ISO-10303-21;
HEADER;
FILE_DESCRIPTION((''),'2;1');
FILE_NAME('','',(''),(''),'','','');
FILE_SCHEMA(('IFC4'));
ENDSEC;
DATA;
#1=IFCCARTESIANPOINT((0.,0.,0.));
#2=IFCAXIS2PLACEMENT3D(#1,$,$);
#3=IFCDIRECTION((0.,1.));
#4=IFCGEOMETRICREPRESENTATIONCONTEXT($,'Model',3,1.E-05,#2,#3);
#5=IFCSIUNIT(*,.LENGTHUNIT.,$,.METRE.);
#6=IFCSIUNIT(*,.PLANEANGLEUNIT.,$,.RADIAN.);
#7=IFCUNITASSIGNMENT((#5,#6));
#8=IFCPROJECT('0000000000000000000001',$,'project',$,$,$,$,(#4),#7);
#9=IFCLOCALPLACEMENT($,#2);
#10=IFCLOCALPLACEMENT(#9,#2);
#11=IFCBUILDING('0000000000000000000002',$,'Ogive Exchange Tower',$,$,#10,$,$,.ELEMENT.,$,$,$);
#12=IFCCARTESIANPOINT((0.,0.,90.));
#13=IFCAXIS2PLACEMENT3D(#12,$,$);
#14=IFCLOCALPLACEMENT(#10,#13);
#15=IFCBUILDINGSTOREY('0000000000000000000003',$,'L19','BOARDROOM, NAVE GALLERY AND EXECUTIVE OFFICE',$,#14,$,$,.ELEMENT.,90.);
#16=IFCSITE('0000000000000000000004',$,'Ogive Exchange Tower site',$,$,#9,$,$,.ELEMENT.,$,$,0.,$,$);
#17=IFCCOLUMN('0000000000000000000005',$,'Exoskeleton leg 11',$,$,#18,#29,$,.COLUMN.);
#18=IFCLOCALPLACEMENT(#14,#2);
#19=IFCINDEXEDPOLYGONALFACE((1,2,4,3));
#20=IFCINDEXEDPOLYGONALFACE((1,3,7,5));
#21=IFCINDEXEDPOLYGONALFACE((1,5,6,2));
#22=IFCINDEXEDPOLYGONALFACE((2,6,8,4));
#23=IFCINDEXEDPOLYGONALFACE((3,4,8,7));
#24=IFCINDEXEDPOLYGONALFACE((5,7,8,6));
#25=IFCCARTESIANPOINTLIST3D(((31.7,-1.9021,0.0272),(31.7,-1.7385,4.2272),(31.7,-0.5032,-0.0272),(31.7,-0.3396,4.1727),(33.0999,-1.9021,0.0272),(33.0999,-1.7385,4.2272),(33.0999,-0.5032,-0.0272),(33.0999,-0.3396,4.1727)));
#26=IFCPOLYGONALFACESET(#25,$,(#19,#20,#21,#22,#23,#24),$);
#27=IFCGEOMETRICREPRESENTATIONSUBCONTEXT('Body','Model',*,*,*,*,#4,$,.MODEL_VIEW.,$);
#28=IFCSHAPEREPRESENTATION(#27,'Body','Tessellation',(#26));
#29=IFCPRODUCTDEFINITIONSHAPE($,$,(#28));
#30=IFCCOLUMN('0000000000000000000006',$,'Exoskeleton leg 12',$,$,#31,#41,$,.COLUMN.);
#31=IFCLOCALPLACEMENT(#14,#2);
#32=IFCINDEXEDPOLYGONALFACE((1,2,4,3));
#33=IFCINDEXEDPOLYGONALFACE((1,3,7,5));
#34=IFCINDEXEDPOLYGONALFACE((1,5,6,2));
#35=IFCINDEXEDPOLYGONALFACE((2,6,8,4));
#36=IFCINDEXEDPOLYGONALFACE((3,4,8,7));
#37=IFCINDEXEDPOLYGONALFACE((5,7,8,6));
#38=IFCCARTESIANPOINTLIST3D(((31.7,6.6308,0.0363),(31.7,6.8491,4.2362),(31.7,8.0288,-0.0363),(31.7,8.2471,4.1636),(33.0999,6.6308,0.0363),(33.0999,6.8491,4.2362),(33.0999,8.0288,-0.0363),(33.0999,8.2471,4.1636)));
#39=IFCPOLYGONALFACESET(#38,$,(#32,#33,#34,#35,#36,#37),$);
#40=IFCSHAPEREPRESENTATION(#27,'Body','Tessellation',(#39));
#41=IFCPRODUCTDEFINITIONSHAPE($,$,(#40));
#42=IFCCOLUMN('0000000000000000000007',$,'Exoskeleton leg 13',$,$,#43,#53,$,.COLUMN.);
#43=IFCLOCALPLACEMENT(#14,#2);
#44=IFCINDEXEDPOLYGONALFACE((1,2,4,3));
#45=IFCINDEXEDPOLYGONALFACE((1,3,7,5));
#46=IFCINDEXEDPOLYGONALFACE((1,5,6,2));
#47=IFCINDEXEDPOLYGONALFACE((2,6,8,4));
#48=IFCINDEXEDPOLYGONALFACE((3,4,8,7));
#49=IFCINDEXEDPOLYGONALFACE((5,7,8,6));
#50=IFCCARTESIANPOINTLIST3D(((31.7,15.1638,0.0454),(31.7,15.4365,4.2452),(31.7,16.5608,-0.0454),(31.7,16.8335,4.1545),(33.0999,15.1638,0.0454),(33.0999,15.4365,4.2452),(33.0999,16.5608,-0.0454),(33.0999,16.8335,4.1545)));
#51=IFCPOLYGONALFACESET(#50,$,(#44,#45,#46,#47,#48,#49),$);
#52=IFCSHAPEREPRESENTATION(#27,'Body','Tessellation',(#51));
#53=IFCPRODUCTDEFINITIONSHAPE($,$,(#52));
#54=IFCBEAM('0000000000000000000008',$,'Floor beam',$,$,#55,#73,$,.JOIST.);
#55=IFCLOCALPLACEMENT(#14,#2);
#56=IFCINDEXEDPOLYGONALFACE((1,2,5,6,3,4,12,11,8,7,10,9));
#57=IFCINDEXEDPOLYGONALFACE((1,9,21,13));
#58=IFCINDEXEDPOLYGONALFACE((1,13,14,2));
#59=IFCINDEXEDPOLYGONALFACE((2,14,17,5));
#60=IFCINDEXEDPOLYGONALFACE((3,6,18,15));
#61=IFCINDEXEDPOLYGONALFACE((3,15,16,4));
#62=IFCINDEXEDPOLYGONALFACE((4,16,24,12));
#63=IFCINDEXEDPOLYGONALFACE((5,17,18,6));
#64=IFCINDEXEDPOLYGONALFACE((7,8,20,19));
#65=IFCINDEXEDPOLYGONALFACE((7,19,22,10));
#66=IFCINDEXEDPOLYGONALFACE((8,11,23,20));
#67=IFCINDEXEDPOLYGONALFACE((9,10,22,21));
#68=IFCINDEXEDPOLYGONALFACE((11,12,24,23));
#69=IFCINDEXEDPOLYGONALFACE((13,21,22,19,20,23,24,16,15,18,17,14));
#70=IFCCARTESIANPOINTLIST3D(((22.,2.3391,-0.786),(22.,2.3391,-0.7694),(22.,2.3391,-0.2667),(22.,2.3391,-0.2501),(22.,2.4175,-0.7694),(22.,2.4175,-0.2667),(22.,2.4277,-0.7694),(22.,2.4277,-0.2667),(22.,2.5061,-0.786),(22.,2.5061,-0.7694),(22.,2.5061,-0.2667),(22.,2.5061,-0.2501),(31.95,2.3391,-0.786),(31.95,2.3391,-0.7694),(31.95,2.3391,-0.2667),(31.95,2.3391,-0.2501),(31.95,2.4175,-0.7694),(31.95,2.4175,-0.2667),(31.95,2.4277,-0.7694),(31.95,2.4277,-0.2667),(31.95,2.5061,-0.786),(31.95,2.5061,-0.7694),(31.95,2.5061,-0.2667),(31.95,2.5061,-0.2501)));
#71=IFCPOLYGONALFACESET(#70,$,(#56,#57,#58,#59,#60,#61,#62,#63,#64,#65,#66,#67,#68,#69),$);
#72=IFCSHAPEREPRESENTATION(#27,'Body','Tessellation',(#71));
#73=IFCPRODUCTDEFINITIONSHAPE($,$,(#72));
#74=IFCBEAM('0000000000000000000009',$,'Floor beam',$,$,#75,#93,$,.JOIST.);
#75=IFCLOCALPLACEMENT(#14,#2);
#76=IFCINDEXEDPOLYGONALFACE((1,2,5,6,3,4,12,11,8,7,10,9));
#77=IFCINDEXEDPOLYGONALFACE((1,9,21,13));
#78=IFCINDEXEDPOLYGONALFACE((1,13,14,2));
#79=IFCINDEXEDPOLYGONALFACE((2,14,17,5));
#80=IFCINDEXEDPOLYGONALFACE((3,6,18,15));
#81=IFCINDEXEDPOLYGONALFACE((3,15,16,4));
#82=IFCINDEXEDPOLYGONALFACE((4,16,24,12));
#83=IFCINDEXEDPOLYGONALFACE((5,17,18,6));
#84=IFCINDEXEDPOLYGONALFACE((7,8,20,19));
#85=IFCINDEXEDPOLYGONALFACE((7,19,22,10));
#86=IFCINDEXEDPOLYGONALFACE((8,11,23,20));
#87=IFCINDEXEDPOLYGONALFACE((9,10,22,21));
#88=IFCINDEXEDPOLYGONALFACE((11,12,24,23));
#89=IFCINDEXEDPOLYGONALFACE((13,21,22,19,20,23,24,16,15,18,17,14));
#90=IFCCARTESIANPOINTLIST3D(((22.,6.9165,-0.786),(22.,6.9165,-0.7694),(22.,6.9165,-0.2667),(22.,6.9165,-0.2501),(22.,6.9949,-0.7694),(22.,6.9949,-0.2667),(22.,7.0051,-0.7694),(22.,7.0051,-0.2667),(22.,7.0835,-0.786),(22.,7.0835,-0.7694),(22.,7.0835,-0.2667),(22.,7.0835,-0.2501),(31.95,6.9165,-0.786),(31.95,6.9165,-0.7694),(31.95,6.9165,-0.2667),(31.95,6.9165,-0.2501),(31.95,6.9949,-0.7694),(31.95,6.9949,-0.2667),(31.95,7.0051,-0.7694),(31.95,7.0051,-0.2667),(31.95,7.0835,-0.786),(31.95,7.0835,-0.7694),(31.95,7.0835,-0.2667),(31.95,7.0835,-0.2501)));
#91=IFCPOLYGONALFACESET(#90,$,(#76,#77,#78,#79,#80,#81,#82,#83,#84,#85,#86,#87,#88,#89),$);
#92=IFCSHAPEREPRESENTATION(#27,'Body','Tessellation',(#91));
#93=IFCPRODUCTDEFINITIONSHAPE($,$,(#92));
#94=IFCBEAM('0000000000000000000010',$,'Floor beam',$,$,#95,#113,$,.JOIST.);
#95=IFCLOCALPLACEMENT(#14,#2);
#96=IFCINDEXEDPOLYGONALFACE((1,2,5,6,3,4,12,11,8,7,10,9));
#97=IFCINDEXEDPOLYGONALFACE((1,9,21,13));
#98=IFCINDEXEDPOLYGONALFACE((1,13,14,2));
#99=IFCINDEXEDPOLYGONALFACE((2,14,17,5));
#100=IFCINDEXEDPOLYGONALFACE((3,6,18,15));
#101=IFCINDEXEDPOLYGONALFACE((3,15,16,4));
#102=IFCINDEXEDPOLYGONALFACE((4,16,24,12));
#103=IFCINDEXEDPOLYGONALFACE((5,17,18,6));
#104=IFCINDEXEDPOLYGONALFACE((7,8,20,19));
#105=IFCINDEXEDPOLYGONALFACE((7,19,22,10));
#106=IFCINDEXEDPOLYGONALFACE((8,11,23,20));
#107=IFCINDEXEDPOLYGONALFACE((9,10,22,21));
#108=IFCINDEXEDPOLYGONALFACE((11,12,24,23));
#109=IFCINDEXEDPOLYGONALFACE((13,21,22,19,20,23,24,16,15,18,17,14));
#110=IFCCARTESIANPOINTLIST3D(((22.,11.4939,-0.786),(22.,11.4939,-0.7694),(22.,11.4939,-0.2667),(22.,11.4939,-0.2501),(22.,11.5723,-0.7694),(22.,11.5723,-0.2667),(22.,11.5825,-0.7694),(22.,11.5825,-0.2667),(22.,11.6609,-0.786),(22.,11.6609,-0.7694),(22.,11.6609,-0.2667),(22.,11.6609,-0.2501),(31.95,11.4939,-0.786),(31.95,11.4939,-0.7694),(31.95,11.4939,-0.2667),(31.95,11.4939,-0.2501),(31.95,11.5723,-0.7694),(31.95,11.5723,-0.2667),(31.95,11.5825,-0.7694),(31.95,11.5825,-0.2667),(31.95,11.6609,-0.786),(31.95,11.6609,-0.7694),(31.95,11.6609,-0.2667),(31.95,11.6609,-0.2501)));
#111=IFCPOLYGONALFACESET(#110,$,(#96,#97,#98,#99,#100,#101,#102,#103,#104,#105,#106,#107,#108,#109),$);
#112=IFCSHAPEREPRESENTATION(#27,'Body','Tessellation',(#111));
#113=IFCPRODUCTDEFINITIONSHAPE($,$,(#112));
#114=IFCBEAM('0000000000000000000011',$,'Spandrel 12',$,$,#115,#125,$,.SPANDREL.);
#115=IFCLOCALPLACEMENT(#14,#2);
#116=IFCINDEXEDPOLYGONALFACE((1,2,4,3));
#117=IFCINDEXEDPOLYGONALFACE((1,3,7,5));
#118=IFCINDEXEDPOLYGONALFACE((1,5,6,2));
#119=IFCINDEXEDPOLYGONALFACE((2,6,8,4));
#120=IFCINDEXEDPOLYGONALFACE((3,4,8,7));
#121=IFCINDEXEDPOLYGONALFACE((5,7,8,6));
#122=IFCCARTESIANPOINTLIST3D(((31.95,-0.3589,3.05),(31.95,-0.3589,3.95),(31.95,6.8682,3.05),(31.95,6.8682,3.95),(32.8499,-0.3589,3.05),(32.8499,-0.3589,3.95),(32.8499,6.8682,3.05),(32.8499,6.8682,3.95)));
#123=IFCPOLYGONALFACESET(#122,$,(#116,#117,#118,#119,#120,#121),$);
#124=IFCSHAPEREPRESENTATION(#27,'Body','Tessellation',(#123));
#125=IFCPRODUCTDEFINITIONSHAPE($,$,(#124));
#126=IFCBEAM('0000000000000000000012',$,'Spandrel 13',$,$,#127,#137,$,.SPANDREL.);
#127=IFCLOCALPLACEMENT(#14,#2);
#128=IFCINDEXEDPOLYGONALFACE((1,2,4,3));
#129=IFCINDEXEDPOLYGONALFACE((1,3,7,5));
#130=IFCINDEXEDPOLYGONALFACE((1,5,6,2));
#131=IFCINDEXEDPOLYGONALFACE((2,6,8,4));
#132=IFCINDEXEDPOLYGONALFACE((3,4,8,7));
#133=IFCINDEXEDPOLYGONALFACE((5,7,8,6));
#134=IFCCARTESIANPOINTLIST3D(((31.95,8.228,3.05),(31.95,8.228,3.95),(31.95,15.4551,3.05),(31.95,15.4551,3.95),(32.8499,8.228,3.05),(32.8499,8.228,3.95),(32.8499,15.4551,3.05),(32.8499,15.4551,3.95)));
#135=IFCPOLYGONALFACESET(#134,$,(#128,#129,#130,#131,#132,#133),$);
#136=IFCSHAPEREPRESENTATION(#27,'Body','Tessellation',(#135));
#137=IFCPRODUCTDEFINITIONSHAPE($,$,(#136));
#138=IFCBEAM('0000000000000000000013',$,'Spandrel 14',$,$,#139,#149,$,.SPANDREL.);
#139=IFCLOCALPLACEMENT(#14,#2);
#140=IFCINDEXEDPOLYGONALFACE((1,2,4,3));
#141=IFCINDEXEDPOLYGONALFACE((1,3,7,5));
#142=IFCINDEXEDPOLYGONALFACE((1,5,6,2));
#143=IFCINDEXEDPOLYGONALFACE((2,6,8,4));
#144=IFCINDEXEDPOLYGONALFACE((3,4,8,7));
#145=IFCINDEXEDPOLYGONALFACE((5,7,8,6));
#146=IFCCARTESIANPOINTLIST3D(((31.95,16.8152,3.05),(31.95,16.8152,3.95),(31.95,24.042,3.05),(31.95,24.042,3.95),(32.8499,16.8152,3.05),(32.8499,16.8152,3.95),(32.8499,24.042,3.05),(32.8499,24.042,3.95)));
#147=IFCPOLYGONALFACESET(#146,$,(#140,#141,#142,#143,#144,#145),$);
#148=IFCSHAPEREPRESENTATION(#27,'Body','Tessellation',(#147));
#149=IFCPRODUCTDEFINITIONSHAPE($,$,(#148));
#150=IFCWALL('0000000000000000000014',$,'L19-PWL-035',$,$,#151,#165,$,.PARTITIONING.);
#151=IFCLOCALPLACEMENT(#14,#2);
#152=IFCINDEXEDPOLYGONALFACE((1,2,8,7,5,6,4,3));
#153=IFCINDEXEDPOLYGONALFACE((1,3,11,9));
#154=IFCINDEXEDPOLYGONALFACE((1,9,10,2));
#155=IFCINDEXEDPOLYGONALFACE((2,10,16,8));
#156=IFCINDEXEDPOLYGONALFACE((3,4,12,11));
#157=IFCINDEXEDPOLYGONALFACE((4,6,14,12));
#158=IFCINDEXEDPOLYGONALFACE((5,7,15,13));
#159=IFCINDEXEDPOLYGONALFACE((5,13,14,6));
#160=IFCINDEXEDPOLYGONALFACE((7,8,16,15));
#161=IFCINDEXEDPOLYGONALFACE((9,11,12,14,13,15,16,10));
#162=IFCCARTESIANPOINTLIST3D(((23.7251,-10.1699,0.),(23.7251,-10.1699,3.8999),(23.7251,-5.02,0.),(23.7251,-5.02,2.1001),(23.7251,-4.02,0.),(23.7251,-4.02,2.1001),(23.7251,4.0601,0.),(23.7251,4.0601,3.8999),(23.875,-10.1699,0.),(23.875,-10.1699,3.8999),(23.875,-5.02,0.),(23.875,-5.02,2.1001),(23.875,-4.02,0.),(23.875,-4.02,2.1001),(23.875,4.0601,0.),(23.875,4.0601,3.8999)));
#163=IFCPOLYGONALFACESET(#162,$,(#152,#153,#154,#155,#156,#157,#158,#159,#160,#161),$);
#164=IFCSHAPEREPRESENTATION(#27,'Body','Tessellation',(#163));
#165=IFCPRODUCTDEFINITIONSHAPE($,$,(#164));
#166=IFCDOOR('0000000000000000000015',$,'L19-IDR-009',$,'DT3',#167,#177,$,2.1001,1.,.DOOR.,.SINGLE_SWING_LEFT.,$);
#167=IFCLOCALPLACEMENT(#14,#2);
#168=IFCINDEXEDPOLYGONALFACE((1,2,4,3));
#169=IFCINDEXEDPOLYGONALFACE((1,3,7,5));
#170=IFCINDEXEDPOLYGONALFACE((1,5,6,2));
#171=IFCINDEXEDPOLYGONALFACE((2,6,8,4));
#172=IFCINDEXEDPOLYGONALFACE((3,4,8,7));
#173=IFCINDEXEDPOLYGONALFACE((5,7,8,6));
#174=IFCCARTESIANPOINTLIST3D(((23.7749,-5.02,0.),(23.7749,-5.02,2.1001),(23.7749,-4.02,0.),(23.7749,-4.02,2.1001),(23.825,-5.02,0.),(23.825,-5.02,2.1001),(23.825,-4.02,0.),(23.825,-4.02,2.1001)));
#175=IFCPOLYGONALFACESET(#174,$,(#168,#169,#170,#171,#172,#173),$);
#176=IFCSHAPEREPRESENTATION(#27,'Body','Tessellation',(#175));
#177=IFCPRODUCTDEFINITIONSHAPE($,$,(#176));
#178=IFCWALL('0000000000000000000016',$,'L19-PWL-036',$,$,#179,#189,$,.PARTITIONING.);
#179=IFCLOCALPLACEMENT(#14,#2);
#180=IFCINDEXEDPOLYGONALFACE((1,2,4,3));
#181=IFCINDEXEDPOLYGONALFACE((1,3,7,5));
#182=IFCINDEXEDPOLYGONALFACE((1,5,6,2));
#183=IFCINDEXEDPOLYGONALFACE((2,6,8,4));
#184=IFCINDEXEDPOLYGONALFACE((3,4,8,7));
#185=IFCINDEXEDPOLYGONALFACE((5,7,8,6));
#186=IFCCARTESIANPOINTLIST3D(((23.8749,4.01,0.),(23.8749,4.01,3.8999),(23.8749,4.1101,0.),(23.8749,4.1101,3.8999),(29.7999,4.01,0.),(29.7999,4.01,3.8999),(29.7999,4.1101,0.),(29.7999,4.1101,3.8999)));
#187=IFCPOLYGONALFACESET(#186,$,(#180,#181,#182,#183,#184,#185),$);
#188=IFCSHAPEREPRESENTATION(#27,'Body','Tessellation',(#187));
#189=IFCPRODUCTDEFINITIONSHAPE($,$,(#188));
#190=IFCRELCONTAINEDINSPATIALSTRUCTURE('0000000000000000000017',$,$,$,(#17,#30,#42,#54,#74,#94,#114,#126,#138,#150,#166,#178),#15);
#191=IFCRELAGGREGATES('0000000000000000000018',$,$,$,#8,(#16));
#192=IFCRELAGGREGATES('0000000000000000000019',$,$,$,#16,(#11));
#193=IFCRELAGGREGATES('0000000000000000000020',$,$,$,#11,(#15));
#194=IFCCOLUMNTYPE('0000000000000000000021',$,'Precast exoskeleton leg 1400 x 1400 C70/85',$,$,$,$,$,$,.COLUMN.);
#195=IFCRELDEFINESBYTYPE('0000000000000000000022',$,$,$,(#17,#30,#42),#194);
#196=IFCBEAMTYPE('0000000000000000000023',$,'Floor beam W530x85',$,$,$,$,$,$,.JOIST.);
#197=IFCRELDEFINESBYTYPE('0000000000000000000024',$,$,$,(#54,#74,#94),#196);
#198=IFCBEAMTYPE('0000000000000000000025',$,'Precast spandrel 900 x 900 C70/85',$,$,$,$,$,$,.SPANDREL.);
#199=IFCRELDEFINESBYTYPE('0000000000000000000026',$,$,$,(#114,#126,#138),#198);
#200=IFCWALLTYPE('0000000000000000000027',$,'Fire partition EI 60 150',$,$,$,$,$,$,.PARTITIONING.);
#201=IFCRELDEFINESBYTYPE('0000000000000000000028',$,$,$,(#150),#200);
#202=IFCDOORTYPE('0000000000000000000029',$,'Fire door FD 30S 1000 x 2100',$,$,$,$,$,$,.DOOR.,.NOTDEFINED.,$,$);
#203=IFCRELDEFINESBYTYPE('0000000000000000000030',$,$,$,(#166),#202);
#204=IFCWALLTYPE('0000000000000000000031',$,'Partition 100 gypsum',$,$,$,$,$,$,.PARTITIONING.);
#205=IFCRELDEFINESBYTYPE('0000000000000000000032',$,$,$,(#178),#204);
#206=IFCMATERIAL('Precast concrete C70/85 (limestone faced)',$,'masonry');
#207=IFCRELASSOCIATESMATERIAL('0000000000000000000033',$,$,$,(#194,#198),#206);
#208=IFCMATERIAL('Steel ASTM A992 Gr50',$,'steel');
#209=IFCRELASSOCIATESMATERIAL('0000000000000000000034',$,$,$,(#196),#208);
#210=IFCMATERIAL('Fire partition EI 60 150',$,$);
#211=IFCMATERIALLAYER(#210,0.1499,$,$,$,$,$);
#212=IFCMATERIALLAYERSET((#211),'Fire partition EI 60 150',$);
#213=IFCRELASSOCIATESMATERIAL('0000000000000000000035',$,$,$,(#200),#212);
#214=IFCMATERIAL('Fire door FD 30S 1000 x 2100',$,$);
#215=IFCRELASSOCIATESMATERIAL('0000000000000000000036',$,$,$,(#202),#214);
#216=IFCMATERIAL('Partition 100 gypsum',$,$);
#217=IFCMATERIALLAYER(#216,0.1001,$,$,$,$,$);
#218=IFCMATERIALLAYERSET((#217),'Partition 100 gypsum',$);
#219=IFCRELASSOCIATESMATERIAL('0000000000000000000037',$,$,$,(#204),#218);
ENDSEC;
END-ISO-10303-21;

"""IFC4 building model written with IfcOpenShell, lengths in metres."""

from ifc_helpers import new_model, si_unit, direction, frame, frame_2d, origin, origin_2d, place, context, subcontext, project, spatial, rectangle, i_section, extrude, material, layer, layer_set, material_profile, profile_set, type_object, element, fill, save


model = new_model("IFC4")

# Units and contexts
model_context = context("Model", 3, precision=1e-05, world=origin(), true_north=direction((0.0, 1.0)))
body_context = subcontext(model_context, "Body", "Model", "MODEL_VIEW")
ifc_project = project(units=[si_unit("LENGTHUNIT", "METRE"), si_unit("PLANEANGLEUNIT", "RADIAN")], contexts=[model_context])

# Site, building, storey
site_placement = place(None, origin())
site = spatial("IfcSite", under=ifc_project, at=site_placement, Name="Ogive Exchange Tower site", CompositionType="ELEMENT", RefElevation=0.0)
building_placement = place(site_placement, origin())
building = spatial("IfcBuilding", under=site, at=building_placement, Name="Ogive Exchange Tower", CompositionType="ELEMENT")
storey_placement = place(building_placement, frame((0.0, 0.0, 90.0)))
storey = spatial("IfcBuildingStorey", under=building, at=storey_placement, Name="L19", Description="BOARDROOM, NAVE GALLERY AND EXECUTIVE OFFICE", CompositionType="ELEMENT", Elevation=90.0)

# Columns
ifc_material_1 = material(Name="Precast concrete C70/85 (limestone faced)", Category="masonry")
ifc_material_profile_1 = material_profile(ifc_material_1, rectangle(XDim=1.3999, YDim=1.3999, at=origin_2d()), Name="1400 x 1400")
ifc_profile_set_1 = profile_set([ifc_material_profile_1], Name="Precast concrete C70/85 (limestone faced)")
column_type = type_object("IfcColumnType", Name="Precast exoskeleton leg 1400 x 1400 C70/85", PredefinedType="COLUMN", material=ifc_profile_set_1)
column_1_placement = place(storey_placement, frame((32.3999, -1.2026, 0.0), z_axis=(0.0, 0.038917, 0.999242), x_axis=(-1.0, 0.0, 0.0)))
element("IfcColumn", 1, at=column_1_placement, inside=storey, type_object=column_type, Name="Exoskeleton leg 11", PredefinedType="COLUMN", context=body_context, shape_type="SweptSolid", body=[
    extrude(rectangle(XDim=1.3999, YDim=1.3999, at=origin_2d()), origin(), (0.0, 0.0, 1.0), 4.2031),
])
column_2_placement = place(storey_placement, frame((32.3999, 7.3298, 0.0), z_axis=(0.0, 0.051898, 0.998652), x_axis=(-1.0, 0.0, 0.0)))
element("IfcColumn", 2, at=column_2_placement, inside=storey, type_object=column_type, Name="Exoskeleton leg 12", PredefinedType="COLUMN", context=body_context, shape_type="SweptSolid", body=[
    extrude(rectangle(XDim=1.3999, YDim=1.3999, at=origin_2d()), origin(), (0.0, 0.0, 1.0), 4.2056),
])
column_3_placement = place(storey_placement, frame((32.3999, 15.8623, 0.0), z_axis=(0.0, 0.064794, 0.997899), x_axis=(-1.0, 0.0, 0.0)))
element("IfcColumn", 3, at=column_3_placement, inside=storey, type_object=column_type, Name="Exoskeleton leg 13", PredefinedType="COLUMN", context=body_context, shape_type="SweptSolid", body=[
    extrude(rectangle(XDim=1.3999, YDim=1.3999, at=origin_2d()), origin(), (0.0, 0.0, 1.0), 4.2087),
])

# Beams
ifc_material_2 = material(Name="Steel ASTM A992 Gr50", Category="steel")
ifc_material_profile_2 = material_profile(ifc_material_2, i_section(OverallWidth=0.167, OverallDepth=0.5359, WebThickness=0.0103, FlangeThickness=0.0166, at=origin_2d()), Name="W530x85")
ifc_profile_set_2 = profile_set([ifc_material_profile_2], Name="Steel ASTM A992 Gr50")
beam_type_1 = type_object("IfcBeamType", Name="Floor beam W530x85", PredefinedType="JOIST", material=ifc_profile_set_2)
for number, where, z_axis, x_axis, name in (
    (4, (22.0, 2.4226, -0.5181), (1.0, 0.0, 0.0), (0.0, 1.0, 0.0), "Floor beam"),
    (5, (22.0, 7.0, -0.5181), (1.0, 0.0, 0.0), (0.0, 1.0, 0.0), "Floor beam"),
    (6, (22.0, 11.5774, -0.5181), (1.0, 0.0, 0.0), (0.0, 1.0, 0.0), "Floor beam"),
):
    element("IfcBeam", number, at=place(storey_placement, frame(where, z_axis=z_axis, x_axis=x_axis)), inside=storey, type_object=beam_type_1, Name=name, PredefinedType="JOIST", context=body_context, shape_type="SweptSolid", body=[
        extrude(i_section(OverallWidth=0.167, OverallDepth=0.5359, WebThickness=0.0103, FlangeThickness=0.0166, at=origin_2d()), origin(), (0.0, 0.0, 1.0), 9.95),
    ])
ifc_material_profile_3 = material_profile(ifc_material_1, rectangle(XDim=0.8999, YDim=0.8999, at=origin_2d()), Name="900 x 900")
ifc_profile_set_3 = profile_set([ifc_material_profile_3], Name="Precast concrete C70/85 (limestone faced)")
beam_type_2 = type_object("IfcBeamType", Name="Precast spandrel 900 x 900 C70/85", PredefinedType="SPANDREL", material=ifc_profile_set_3)
for number, where, z_axis, x_axis, name in (
    (7, (32.3999, -0.3589, 3.5), (0.0, 1.0, 0.0), (-1.0, 0.0, 0.0), "Spandrel 12"),
    (8, (32.3999, 8.228, 3.5), (0.0, 1.0, 0.0), (-1.0, 0.0, 0.0), "Spandrel 13"),
):
    element("IfcBeam", number, at=place(storey_placement, frame(where, z_axis=z_axis, x_axis=x_axis)), inside=storey, type_object=beam_type_2, Name=name, PredefinedType="SPANDREL", context=body_context, shape_type="SweptSolid", body=[
        extrude(rectangle(XDim=0.8999, YDim=0.8999, at=origin_2d()), origin(), (0.0, 0.0, 1.0), 7.2271),
    ])
beam_placement = place(storey_placement, frame((32.3999, 16.8152, 3.5), z_axis=(0.0, 1.0, 0.0), x_axis=(-1.0, 0.0, 0.0)))
element("IfcBeam", 9, at=beam_placement, inside=storey, type_object=beam_type_2, Name="Spandrel 14", PredefinedType="SPANDREL", context=body_context, shape_type="SweptSolid", body=[
    extrude(rectangle(XDim=0.8999, YDim=0.8999, at=origin_2d()), origin(), (0.0, 0.0, 1.0), 7.2268),
])

# Wall, opening, door
ifc_material_3 = material(Name="Fire partition EI 60 150")
ifc_layer_1 = layer(ifc_material_3, 0.1499)
ifc_layer_set_1 = layer_set([ifc_layer_1], Name="Fire partition EI 60 150")
wall_type_1 = type_object("IfcWallType", Name="Fire partition EI 60 150", PredefinedType="PARTITIONING", material=ifc_layer_set_1)
wall_1_placement = place(storey_placement, frame((23.8, 4.0601, 0.0), z_axis=(0.0, 0.0, 1.0), x_axis=(0.0, -1.0, 0.0)))
wall_1 = element("IfcWall", 10, at=wall_1_placement, inside=storey, type_object=wall_type_1, Name="L19-PWL-035", PredefinedType="PARTITIONING", context=body_context, shape_type="SweptSolid", body=[
    extrude(rectangle(XDim=14.23, YDim=0.1499, at=frame_2d((7.115, 0.0))), origin(), (0.0, 0.0, 1.0), 3.8999),
])
opening_1_placement = place(wall_1_placement, frame((8.0801, 0.0, 0.0)))
opening_1 = element("IfcOpeningElement", 11, at=opening_1_placement, cuts=wall_1, PredefinedType="OPENING", context=body_context, shape_type="SweptSolid", body=[
    extrude(rectangle(XDim=1.0, YDim=2.1001, at=frame_2d((0.5, 1.05))), frame((0.0, 0.085, 0.0), z_axis=(0.0, -1.0, 0.0), x_axis=(1.0, 0.0, 0.0)), (0.0, 0.0, 1.0), 0.1699),
])
ifc_material_4 = material(Name="Fire door FD 30S 1000 x 2100")
door_type_1 = type_object("IfcDoorType", Name="Fire door FD 30S 1000 x 2100", OperationType="NOTDEFINED", PredefinedType="DOOR", material=ifc_material_4)
door_1_placement = place(opening_1_placement, origin())
door_1 = element("IfcDoor", 12, at=door_1_placement, inside=storey, type_object=door_type_1, Name="L19-IDR-009", ObjectType="DT3", OperationType="SINGLE_SWING_LEFT", OverallHeight=2.1001, OverallWidth=1.0, PredefinedType="DOOR", context=body_context, shape_type="SweptSolid", body=[
    extrude(rectangle(XDim=1.0, YDim=2.1001, at=frame_2d((0.5, 1.05))), frame((0.0, 0.0249, 0.0), z_axis=(0.0, -1.0, 0.0), x_axis=(1.0, 0.0, 0.0)), (0.0, 0.0, 1.0), 0.05),
])
fill(opening_1, door_1)

# Wall
ifc_material_5 = material(Name="Partition 100 gypsum")
ifc_layer_2 = layer(ifc_material_5, 0.1001)
ifc_layer_set_2 = layer_set([ifc_layer_2], Name="Partition 100 gypsum")
wall_type_2 = type_object("IfcWallType", Name="Partition 100 gypsum", PredefinedType="PARTITIONING", material=ifc_layer_set_2)
wall_2_placement = place(storey_placement, frame((23.875, 4.0601, 0.0), z_axis=(0.0, 0.0, 1.0), x_axis=(1.0, 0.0, 0.0)))
element("IfcWall", 13, at=wall_2_placement, inside=storey, type_object=wall_type_2, Name="L19-PWL-036", PredefinedType="PARTITIONING", context=body_context, shape_type="SweptSolid", body=[
    extrude(rectangle(XDim=5.925, YDim=0.1001, at=frame_2d((2.9624, 0.0))), origin(), (0.0, 0.0, 1.0), 3.8999),
])

save(model, "model.ifc")
